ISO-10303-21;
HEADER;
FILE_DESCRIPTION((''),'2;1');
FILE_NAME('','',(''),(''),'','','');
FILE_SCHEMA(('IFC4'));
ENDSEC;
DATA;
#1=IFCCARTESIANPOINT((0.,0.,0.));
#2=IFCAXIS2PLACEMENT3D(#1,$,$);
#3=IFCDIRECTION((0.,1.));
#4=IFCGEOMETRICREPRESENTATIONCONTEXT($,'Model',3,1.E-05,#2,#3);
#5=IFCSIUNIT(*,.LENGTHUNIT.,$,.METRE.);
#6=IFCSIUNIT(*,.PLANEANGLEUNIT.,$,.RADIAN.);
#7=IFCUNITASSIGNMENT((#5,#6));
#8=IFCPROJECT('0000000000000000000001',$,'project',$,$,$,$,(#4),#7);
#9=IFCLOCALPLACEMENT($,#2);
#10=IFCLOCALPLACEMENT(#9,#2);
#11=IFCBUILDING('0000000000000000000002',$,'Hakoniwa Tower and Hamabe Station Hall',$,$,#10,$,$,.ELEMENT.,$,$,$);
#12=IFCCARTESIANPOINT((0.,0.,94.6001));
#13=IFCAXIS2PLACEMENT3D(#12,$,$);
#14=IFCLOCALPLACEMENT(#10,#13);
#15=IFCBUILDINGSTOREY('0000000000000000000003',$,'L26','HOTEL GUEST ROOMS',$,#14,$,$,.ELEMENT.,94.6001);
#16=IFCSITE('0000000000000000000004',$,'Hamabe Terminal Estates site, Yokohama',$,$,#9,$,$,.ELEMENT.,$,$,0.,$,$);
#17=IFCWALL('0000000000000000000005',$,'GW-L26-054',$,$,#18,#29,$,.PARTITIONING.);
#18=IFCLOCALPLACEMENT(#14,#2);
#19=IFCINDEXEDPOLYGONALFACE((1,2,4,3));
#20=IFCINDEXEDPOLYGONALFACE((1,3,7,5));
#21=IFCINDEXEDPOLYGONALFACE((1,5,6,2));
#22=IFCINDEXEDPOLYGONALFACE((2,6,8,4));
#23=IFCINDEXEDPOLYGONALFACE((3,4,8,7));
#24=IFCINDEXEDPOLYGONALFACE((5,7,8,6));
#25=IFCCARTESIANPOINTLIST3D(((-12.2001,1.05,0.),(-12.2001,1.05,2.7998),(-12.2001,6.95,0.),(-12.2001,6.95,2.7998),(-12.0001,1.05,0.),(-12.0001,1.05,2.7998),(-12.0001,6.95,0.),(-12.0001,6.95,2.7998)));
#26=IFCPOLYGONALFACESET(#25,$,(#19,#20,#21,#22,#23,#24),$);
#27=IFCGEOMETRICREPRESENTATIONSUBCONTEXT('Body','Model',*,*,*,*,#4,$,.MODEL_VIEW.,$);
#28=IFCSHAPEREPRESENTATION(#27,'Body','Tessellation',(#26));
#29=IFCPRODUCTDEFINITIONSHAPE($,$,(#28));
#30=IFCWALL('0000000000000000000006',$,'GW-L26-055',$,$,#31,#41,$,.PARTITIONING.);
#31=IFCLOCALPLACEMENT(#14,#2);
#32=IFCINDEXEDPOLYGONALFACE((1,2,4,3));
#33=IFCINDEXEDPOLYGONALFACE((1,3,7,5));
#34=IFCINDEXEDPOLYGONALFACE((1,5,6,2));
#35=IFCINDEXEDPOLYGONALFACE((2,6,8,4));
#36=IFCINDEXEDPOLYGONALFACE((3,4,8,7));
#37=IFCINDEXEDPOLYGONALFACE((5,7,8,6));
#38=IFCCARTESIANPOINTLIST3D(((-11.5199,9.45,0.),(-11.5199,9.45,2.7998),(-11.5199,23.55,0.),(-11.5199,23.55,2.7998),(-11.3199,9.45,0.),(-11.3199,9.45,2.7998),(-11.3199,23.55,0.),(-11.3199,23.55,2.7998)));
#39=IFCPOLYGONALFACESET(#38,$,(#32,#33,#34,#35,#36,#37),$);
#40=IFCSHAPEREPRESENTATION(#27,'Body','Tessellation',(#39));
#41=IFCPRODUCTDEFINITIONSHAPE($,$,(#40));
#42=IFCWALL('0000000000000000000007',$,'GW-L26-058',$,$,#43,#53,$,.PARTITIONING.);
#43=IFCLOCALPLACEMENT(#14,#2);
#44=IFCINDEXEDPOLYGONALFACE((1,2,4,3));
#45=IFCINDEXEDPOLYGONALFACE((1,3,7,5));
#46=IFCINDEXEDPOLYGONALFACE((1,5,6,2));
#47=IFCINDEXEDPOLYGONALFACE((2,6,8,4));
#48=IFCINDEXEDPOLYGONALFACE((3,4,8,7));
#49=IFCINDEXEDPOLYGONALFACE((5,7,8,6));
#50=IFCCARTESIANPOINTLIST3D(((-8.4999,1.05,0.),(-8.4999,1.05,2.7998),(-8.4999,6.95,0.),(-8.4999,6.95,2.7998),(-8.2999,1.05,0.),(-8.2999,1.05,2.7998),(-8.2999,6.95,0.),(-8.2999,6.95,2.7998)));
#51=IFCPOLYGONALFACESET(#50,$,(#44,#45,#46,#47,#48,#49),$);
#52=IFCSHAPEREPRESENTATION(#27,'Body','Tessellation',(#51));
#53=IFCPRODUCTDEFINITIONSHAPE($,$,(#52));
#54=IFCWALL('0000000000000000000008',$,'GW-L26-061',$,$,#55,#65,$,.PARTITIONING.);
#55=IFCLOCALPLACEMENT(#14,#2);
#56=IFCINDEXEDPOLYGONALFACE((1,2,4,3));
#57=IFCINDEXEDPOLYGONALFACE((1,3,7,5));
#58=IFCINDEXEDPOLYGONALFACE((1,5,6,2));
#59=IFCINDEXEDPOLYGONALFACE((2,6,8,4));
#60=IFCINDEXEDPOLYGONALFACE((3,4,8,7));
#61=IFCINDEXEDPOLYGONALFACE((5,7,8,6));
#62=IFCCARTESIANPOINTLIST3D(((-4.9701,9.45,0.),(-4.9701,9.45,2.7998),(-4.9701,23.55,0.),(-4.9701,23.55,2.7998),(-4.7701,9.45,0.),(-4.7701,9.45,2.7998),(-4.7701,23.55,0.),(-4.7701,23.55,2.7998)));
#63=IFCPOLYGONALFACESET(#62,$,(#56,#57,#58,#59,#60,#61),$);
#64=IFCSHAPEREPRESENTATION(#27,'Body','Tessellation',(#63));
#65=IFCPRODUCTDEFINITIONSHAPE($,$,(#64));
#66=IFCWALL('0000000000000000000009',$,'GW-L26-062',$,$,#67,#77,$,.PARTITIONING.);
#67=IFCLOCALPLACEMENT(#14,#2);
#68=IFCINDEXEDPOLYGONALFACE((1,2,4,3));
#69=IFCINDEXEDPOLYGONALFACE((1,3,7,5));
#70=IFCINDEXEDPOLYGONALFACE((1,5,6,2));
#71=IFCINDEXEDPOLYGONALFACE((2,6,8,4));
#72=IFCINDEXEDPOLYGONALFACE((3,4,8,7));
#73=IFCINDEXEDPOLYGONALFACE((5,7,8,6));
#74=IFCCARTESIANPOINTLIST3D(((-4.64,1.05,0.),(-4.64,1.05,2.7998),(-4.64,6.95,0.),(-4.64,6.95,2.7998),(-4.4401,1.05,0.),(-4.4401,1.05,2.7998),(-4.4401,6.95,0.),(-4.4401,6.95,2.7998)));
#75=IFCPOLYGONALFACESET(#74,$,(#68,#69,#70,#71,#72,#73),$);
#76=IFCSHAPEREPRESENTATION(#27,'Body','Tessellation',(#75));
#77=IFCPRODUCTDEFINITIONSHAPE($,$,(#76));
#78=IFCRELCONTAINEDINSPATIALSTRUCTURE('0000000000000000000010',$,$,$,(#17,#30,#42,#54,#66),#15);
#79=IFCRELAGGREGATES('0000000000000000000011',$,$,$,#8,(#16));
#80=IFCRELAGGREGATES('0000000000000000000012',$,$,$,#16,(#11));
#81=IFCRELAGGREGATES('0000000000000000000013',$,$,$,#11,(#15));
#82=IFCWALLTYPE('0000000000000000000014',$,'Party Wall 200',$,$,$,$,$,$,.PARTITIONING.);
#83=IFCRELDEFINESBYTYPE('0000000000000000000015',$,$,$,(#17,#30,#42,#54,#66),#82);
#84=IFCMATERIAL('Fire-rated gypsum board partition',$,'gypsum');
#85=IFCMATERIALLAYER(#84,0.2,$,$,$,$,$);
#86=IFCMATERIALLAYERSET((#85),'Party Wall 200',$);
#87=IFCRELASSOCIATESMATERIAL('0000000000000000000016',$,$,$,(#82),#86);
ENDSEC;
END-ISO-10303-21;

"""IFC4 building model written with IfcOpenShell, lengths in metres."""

from ifc_helpers import new_model, si_unit, direction, frame, frame_2d, origin, place, context, subcontext, project, spatial, rectangle, extrude, material, layer, layer_set, type_object, element, save


model = new_model("IFC4")

# Units and contexts
model_context = context("Model", 3, precision=1e-05, world=origin(), true_north=direction((0.0, 1.0)))
body_context = subcontext(model_context, "Body", "Model", "MODEL_VIEW")
ifc_project = project(units=[si_unit("LENGTHUNIT", "METRE"), si_unit("PLANEANGLEUNIT", "RADIAN")], contexts=[model_context])

# Site, building, storey
site_placement = place(None, origin())
site = spatial("IfcSite", under=ifc_project, at=site_placement, Name="Hamabe Terminal Estates site, Yokohama", CompositionType="ELEMENT", RefElevation=0.0)
building_placement = place(site_placement, origin())
building = spatial("IfcBuilding", under=site, at=building_placement, Name="Hakoniwa Tower and Hamabe Station Hall", CompositionType="ELEMENT")
storey_placement = place(building_placement, frame((0.0, 0.0, 94.6001)))
storey = spatial("IfcBuildingStorey", under=building, at=storey_placement, Name="L26", Description="HOTEL GUEST ROOMS", CompositionType="ELEMENT", Elevation=94.6001)

# Walls
ifc_material = material(Name="Fire-rated gypsum board partition", Category="gypsum")
ifc_layer = layer(ifc_material, 0.2)
ifc_layer_set = layer_set([ifc_layer], Name="Party Wall 200")
wall_type = type_object("IfcWallType", Name="Party Wall 200", PredefinedType="PARTITIONING", material=ifc_layer_set)
wall_1_placement = place(storey_placement, frame((-12.1001, 1.05, 0.0), z_axis=(0.0, 0.0, 1.0), x_axis=(0.0, 1.0, 0.0)))
element("IfcWall", 1, at=wall_1_placement, inside=storey, type_object=wall_type, Name="GW-L26-054", PredefinedType="PARTITIONING", context=body_context, shape_type="SweptSolid", body=[
    extrude(rectangle(XDim=5.8999, YDim=0.2, at=frame_2d((2.95, 0.0))), origin(), (0.0, 0.0, 1.0), 2.7998),
])
wall_2_placement = place(storey_placement, frame((-11.4199, 9.45, 0.0), z_axis=(0.0, 0.0, 1.0), x_axis=(0.0, 1.0, 0.0)))
element("IfcWall", 2, at=wall_2_placement, inside=storey, type_object=wall_type, Name="GW-L26-055", PredefinedType="PARTITIONING", context=body_context, shape_type="SweptSolid", body=[
    extrude(rectangle(XDim=14.1001, YDim=0.2, at=frame_2d((7.05, 0.0))), origin(), (0.0, 0.0, 1.0), 2.7998),
])
wall_3_placement = place(storey_placement, frame((-8.3999, 1.05, 0.0), z_axis=(0.0, 0.0, 1.0), x_axis=(0.0, 1.0, 0.0)))
element("IfcWall", 3, at=wall_3_placement, inside=storey, type_object=wall_type, Name="GW-L26-058", PredefinedType="PARTITIONING", context=body_context, shape_type="SweptSolid", body=[
    extrude(rectangle(XDim=5.8999, YDim=0.2, at=frame_2d((2.95, 0.0))), origin(), (0.0, 0.0, 1.0), 2.7998),
])
wall_4_placement = place(storey_placement, frame((-4.8701, 9.45, 0.0), z_axis=(0.0, 0.0, 1.0), x_axis=(0.0, 1.0, 0.0)))
element("IfcWall", 4, at=wall_4_placement, inside=storey, type_object=wall_type, Name="GW-L26-061", PredefinedType="PARTITIONING", context=body_context, shape_type="SweptSolid", body=[
    extrude(rectangle(XDim=14.1001, YDim=0.2, at=frame_2d((7.05, 0.0))), origin(), (0.0, 0.0, 1.0), 2.7998),
])
wall_5_placement = place(storey_placement, frame((-4.54, 1.05, 0.0), z_axis=(0.0, 0.0, 1.0), x_axis=(0.0, 1.0, 0.0)))
element("IfcWall", 5, at=wall_5_placement, inside=storey, type_object=wall_type, Name="GW-L26-062", PredefinedType="PARTITIONING", context=body_context, shape_type="SweptSolid", body=[
    extrude(rectangle(XDim=5.8999, YDim=0.2, at=frame_2d((2.95, 0.0))), origin(), (0.0, 0.0, 1.0), 2.7998),
])

save(model, "model.ifc")
